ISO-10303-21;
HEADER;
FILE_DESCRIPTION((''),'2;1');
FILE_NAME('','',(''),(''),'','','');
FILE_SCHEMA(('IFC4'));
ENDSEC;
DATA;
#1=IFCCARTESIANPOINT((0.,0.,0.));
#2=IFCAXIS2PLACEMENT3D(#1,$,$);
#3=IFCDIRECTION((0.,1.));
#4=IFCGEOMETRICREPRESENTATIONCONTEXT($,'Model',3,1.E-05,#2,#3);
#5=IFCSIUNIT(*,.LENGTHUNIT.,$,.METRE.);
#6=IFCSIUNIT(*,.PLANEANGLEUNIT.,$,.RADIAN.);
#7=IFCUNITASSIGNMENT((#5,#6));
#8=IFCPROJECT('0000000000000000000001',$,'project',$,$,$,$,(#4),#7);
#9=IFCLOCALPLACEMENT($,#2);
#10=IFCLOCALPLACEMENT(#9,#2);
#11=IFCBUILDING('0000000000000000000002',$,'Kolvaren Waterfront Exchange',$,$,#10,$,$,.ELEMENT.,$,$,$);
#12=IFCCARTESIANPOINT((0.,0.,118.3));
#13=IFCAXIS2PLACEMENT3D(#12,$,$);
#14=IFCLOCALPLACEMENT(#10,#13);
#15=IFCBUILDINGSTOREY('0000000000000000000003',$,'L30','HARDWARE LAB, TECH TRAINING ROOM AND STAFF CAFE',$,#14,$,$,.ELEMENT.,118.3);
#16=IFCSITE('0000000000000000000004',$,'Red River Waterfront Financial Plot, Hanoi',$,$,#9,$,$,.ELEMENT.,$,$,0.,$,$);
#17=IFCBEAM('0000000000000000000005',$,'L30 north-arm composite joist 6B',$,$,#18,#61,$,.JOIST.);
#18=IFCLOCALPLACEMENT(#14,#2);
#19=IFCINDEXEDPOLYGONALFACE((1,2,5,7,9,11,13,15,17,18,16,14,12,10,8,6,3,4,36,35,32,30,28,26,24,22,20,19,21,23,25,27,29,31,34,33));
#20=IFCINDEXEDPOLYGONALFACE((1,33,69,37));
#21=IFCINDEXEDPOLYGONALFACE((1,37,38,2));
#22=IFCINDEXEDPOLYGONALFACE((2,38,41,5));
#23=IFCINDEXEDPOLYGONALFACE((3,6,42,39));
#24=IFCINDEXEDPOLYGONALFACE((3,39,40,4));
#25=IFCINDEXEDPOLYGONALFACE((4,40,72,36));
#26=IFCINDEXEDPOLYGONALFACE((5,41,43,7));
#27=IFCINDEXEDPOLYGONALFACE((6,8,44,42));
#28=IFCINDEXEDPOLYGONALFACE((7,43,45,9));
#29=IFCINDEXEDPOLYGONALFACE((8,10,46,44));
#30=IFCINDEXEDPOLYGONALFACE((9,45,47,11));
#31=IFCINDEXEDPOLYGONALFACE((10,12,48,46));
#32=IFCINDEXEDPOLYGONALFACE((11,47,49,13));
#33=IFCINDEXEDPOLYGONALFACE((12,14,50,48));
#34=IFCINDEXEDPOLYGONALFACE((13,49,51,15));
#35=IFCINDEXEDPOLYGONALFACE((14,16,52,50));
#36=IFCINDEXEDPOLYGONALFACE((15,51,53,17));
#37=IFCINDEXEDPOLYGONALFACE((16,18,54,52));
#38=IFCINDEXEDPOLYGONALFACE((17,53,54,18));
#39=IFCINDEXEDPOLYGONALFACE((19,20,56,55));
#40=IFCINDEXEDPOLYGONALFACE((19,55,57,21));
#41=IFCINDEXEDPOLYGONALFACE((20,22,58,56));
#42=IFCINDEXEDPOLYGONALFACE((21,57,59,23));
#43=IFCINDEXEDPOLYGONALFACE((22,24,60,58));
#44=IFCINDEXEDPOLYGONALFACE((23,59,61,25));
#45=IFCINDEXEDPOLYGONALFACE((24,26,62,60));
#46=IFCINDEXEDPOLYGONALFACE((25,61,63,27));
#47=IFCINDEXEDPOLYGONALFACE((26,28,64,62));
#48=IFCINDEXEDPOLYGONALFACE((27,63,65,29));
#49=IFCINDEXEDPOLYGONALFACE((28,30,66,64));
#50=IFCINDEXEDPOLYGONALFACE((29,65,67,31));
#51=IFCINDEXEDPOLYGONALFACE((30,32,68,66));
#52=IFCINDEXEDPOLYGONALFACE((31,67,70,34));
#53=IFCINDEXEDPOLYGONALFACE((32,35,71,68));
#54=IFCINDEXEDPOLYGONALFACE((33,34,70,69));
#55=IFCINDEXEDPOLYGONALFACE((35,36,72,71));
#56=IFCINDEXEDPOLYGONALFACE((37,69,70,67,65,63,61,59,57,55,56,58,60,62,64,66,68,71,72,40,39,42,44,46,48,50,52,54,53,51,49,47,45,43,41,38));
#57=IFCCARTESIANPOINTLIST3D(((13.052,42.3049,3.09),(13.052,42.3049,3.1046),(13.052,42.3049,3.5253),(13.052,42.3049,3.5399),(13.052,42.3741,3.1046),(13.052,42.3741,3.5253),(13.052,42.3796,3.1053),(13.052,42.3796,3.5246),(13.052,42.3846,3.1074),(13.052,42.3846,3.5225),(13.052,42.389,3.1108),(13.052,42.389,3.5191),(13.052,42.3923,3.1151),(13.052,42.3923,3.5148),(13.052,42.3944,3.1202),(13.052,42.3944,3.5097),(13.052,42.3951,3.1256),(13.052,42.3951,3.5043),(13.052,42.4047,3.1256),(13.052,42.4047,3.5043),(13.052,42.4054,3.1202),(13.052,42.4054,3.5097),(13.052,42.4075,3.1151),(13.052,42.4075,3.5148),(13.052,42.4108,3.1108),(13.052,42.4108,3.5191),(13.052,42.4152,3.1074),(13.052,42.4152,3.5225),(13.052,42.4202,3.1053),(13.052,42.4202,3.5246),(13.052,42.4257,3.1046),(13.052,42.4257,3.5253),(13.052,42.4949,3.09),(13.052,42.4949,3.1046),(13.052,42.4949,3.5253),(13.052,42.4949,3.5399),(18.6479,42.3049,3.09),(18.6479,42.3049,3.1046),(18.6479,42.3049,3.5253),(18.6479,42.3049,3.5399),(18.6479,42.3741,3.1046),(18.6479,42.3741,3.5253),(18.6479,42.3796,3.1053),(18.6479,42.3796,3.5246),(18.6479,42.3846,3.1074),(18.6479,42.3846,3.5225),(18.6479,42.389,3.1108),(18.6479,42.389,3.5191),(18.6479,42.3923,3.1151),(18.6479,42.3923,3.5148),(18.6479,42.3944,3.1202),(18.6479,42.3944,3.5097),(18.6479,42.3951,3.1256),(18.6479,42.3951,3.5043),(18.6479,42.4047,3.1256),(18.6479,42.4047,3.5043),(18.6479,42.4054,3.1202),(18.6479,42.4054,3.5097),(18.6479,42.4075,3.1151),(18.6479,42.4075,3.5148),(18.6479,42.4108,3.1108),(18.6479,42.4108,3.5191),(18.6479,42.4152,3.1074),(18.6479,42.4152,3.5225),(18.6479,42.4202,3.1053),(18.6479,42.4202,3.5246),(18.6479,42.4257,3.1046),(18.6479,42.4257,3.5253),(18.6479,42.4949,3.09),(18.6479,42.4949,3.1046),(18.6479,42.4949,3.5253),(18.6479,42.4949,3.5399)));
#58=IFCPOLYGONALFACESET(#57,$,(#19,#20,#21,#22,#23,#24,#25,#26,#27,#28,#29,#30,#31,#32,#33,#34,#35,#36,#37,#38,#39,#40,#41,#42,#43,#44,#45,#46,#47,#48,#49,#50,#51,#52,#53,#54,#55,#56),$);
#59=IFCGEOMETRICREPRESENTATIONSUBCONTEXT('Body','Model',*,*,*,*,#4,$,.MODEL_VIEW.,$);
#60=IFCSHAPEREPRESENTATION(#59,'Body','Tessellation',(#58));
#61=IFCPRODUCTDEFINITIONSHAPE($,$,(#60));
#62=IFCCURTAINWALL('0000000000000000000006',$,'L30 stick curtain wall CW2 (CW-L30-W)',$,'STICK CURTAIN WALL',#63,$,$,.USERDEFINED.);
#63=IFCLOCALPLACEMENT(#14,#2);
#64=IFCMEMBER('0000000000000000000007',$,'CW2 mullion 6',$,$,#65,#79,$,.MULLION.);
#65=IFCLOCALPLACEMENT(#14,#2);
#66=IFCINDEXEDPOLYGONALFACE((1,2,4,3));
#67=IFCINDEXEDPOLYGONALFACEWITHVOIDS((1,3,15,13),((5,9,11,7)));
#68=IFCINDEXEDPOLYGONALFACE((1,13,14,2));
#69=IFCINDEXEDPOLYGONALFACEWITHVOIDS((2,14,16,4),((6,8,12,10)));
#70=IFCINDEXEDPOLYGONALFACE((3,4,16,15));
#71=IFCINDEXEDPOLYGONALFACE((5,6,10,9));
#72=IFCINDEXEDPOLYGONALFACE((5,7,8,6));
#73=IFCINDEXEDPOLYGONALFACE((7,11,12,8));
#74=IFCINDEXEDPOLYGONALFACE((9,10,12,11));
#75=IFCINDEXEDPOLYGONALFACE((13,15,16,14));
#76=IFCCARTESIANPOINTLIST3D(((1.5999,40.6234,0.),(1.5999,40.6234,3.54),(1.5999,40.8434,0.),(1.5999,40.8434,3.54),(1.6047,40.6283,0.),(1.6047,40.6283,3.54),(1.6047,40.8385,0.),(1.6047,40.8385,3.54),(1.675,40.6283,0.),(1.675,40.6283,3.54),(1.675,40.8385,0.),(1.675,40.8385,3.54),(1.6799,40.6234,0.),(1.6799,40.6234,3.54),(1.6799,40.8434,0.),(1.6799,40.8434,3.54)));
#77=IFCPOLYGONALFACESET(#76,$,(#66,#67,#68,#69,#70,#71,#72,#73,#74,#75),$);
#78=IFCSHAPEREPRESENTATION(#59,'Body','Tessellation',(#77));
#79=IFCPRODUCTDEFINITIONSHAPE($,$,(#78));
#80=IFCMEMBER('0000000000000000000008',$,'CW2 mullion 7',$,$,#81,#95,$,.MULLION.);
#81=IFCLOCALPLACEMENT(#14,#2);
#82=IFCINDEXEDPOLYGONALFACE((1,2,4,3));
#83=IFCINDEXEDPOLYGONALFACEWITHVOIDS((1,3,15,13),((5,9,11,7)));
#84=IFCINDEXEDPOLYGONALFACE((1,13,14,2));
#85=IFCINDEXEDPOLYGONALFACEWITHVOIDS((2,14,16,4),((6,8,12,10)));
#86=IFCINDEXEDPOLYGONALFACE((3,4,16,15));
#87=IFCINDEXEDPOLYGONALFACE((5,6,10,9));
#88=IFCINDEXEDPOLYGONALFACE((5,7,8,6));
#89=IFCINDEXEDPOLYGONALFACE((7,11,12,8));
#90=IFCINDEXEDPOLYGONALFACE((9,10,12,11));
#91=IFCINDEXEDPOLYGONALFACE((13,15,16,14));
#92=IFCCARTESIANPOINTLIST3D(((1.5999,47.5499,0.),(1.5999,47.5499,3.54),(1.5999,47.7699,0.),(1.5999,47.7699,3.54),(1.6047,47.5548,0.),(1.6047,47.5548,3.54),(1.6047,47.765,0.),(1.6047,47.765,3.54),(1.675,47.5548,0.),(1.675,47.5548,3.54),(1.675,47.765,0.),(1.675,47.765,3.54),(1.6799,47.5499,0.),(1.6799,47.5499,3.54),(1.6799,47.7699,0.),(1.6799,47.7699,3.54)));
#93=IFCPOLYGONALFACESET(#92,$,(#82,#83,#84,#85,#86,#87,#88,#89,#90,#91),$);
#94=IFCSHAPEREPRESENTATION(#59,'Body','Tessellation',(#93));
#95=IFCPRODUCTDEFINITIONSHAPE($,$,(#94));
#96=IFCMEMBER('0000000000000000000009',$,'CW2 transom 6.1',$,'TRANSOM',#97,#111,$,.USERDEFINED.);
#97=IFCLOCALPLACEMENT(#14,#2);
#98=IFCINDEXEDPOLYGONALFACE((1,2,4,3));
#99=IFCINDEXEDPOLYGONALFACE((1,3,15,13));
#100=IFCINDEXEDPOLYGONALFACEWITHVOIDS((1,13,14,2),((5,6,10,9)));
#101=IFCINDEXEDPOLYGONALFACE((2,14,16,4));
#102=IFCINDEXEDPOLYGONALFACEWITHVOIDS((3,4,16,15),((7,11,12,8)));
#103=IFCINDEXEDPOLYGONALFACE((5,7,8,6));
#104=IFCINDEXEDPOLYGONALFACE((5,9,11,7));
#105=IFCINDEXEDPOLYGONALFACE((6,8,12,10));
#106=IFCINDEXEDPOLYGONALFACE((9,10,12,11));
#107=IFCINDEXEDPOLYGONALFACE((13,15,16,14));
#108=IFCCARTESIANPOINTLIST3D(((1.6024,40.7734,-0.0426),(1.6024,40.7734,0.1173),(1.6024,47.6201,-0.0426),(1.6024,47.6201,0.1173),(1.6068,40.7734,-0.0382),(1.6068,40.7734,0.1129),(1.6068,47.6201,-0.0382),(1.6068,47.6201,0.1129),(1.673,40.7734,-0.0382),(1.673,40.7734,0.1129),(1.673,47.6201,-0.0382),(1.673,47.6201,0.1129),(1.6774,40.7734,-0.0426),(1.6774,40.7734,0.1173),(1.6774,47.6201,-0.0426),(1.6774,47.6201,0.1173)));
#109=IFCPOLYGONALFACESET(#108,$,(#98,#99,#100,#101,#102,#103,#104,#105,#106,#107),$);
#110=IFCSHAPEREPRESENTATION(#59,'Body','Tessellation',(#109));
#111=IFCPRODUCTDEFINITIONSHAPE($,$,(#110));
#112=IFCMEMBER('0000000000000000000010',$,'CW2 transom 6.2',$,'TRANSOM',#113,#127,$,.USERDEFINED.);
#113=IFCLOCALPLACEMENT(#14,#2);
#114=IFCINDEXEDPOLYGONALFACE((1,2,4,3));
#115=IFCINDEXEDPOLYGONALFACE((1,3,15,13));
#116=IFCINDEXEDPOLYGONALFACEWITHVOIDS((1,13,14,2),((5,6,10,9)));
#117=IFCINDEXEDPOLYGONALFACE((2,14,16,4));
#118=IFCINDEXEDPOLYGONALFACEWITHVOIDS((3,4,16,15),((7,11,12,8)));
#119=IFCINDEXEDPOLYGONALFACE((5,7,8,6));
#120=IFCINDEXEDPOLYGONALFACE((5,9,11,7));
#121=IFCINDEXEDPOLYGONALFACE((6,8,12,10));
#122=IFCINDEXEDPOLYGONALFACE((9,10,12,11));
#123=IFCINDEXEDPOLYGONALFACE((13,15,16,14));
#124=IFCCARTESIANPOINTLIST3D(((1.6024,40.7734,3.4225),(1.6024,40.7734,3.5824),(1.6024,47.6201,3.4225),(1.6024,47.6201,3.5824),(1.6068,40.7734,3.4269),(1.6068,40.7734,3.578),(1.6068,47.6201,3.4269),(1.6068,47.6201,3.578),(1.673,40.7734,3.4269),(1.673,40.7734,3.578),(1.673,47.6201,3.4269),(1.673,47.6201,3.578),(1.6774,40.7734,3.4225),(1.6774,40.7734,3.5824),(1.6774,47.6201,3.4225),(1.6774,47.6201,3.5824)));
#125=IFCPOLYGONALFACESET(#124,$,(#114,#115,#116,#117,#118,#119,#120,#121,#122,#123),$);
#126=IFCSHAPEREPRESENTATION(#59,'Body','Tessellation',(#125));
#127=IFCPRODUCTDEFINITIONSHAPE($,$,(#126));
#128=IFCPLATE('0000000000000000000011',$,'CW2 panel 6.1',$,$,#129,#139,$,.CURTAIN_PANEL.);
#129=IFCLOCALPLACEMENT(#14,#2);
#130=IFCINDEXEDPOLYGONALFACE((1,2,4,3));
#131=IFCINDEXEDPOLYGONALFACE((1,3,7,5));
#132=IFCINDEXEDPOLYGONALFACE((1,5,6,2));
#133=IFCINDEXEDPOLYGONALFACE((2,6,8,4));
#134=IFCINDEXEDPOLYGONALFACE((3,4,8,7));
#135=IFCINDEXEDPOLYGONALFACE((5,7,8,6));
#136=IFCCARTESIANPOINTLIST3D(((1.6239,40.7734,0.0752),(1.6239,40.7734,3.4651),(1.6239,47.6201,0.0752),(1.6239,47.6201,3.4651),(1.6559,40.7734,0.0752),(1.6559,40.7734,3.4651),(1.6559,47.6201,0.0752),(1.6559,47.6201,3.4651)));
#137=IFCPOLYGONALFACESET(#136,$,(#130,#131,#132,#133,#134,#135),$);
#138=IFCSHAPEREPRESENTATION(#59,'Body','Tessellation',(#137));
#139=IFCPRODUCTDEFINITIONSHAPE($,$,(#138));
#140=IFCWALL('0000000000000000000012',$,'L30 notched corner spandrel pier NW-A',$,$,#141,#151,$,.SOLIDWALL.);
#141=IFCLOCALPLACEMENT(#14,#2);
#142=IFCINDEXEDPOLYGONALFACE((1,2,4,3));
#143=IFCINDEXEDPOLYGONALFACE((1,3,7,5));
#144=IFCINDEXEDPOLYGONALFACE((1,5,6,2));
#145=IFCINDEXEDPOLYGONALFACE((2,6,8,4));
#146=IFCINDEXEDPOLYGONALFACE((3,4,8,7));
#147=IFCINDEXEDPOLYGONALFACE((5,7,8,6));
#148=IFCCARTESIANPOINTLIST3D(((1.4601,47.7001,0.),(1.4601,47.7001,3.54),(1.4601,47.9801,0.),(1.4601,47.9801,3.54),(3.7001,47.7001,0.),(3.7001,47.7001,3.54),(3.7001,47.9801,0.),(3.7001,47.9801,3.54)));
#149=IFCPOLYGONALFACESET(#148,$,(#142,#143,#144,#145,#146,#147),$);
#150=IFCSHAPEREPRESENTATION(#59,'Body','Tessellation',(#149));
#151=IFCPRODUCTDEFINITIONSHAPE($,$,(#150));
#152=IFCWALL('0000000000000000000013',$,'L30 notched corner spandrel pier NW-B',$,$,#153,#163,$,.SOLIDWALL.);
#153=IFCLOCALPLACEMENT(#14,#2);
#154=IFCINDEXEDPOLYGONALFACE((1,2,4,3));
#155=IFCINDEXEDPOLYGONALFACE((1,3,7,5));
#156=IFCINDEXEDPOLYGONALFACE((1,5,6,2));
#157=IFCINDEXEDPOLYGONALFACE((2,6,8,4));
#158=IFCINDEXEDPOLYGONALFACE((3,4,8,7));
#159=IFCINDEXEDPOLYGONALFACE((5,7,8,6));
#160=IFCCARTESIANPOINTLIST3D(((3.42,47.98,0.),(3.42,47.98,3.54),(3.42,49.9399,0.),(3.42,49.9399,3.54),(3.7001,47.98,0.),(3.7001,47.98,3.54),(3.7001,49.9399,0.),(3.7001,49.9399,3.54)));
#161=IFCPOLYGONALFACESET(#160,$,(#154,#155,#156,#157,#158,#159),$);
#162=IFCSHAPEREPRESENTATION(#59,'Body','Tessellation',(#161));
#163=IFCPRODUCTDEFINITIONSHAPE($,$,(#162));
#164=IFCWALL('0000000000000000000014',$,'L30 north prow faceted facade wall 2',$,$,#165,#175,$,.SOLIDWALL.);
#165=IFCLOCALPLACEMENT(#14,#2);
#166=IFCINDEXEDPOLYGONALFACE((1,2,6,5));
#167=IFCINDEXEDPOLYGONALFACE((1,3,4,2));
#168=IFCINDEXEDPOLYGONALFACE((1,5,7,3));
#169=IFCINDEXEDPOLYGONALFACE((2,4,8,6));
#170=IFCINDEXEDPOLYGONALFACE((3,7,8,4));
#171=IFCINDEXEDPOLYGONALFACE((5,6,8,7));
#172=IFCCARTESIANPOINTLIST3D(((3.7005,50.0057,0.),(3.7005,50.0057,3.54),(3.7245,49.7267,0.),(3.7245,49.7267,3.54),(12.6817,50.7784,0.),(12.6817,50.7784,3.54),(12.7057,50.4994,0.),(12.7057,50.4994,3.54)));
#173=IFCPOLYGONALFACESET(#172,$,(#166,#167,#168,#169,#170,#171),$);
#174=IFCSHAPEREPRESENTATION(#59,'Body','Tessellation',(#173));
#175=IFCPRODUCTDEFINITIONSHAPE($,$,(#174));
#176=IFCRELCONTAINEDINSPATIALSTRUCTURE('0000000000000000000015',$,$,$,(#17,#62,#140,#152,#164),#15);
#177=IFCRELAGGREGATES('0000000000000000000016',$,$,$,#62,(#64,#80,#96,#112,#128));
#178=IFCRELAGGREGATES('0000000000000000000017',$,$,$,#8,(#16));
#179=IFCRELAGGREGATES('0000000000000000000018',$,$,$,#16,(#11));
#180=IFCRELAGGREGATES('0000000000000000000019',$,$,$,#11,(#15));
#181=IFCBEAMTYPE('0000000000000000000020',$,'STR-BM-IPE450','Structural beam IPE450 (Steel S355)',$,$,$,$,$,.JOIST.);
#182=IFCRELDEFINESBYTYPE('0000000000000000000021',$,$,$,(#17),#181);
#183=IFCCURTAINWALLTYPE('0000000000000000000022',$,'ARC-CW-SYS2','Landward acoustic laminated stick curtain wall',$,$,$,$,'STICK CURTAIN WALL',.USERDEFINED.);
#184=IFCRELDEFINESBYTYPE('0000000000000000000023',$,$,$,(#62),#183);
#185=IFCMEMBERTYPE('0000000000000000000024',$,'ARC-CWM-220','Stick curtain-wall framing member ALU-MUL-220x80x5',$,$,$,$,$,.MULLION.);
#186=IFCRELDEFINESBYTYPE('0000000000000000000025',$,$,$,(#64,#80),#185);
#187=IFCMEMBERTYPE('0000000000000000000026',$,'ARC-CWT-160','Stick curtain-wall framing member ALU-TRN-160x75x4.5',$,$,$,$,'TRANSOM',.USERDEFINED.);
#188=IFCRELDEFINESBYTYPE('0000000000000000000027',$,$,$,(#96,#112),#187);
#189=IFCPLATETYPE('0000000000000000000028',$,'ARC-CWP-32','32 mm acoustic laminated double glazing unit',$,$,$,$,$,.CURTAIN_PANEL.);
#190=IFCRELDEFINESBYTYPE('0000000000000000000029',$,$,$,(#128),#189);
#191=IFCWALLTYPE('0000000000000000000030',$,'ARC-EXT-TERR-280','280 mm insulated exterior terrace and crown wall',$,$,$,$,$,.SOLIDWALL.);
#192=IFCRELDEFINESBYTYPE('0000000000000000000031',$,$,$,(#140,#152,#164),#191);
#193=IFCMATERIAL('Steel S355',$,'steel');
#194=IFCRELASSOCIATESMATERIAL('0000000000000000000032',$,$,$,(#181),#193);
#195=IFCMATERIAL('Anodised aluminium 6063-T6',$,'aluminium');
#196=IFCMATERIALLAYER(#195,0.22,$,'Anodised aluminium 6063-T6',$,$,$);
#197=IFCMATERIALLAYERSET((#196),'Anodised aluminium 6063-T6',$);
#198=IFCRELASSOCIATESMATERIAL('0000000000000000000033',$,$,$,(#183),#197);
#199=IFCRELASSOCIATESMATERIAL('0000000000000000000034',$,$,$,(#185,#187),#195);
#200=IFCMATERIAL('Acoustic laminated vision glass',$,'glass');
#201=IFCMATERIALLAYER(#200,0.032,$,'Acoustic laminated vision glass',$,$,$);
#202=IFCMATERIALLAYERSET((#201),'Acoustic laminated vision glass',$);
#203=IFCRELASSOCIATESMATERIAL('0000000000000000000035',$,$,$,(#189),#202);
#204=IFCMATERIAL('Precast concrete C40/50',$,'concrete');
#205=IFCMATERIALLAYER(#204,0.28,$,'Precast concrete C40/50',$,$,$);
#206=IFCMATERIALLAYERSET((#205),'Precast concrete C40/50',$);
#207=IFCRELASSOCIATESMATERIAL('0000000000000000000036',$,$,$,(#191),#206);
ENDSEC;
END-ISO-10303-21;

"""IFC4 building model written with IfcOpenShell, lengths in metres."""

from ifc_helpers import new_model, si_unit, direction, frame, frame_2d, origin, origin_with_axes, origin_2d, place, context, subcontext, project, spatial, rectangle, hollow_rectangle, i_section, extrude, source, transform, mapped, material, layer, layer_set, material_profile, profile_set, type_object, element, aggregate, save


model = new_model("IFC4")

# Units and contexts
model_context = context("Model", 3, precision=1e-05, world=origin(), true_north=direction((0.0, 1.0)))
body_context = subcontext(model_context, "Body", "Model", "MODEL_VIEW")
ifc_project = project(units=[si_unit("LENGTHUNIT", "METRE"), si_unit("PLANEANGLEUNIT", "RADIAN")], contexts=[model_context])

# Site, building, storey
site_placement = place(None, origin())
site = spatial("IfcSite", under=ifc_project, at=site_placement, Name="Red River Waterfront Financial Plot, Hanoi", CompositionType="ELEMENT", RefElevation=0.0)
building_placement = place(site_placement, origin())
building = spatial("IfcBuilding", under=site, at=building_placement, Name="Kolvaren Waterfront Exchange", CompositionType="ELEMENT")
storey_placement = place(building_placement, frame((0.0, 0.0, 118.3)))
storey = spatial("IfcBuildingStorey", under=building, at=storey_placement, Name="L30", Description="HARDWARE LAB, TECH TRAINING ROOM AND STAFF CAFE", CompositionType="ELEMENT", Elevation=118.3)

# Beam
ifc_material_1 = material(Name="Steel S355", Category="steel")
ifc_material_profile_1 = material_profile(ifc_material_1, i_section(OverallWidth=0.1899, OverallDepth=0.45, WebThickness=0.0095, FlangeThickness=0.0146, FilletRadius=0.021, at=origin_2d()), Name="IPE450")
ifc_profile_set_1 = profile_set([ifc_material_profile_1], Name="Steel S355")
beam_type_1 = type_object("IfcBeamType", Name="STR-BM-IPE450", Description="Structural beam IPE450 (Steel S355)", PredefinedType="JOIST", material=ifc_profile_set_1)
beam_1_placement = place(storey_placement, frame((13.052, 42.3999, 3.3149), z_axis=(1.0, 0.0, 0.0), x_axis=(0.0, 1.0, 0.0)))
element("IfcBeam", 1, at=beam_1_placement, inside=storey, type_object=beam_type_1, Name="L30 north-arm composite joist 6B", PredefinedType="JOIST", context=body_context, shape_type="SweptSolid", body=[
    extrude(i_section(OverallWidth=0.1899, OverallDepth=0.45, WebThickness=0.0095, FlangeThickness=0.0146, FilletRadius=0.021, at=origin_2d()), origin(), (0.0, 0.0, 1.0), 5.5959),
])

# Curtain wall, members, plate
ifc_material_2 = material(Name="Anodised aluminium 6063-T6", Category="aluminium")
ifc_layer_1 = layer(ifc_material_2, 0.22, Name="Anodised aluminium 6063-T6")
ifc_layer_set_1 = layer_set([ifc_layer_1], Name="Anodised aluminium 6063-T6")
curtain_wall_type = type_object("IfcCurtainWallType", Name="ARC-CW-SYS2", Description="Landward acoustic laminated stick curtain wall", ElementType="STICK CURTAIN WALL", PredefinedType="USERDEFINED", material=ifc_layer_set_1)
curtain_wall_placement = place(storey_placement, origin())
curtain_wall = element("IfcCurtainWall", 2, at=curtain_wall_placement, inside=storey, type_object=curtain_wall_type, Name="L30 stick curtain wall CW2 (CW-L30-W)", ObjectType="STICK CURTAIN WALL", PredefinedType="USERDEFINED")
ifc_material_profile_2 = material_profile(ifc_material_2, hollow_rectangle(XDim=0.0801, YDim=0.22, WallThickness=0.0049, at=origin_2d()), Name="ALU-MUL-220x80x5")
ifc_profile_set_2 = profile_set([ifc_material_profile_2], Name="Anodised aluminium 6063-T6")
member_type_1 = type_object("IfcMemberType", Name="ARC-CWM-220", Description="Stick curtain-wall framing member ALU-MUL-220x80x5", PredefinedType="MULLION", material=ifc_profile_set_2)
shared_shape_1 = source(origin_with_axes(), body_context, "Body", "SweptSolid", [
    extrude(hollow_rectangle(XDim=0.0801, YDim=0.22, WallThickness=0.0049, at=origin_2d()), origin(), (0.0, 0.0, 1.0), 3.54),
])
member_1_placement = place(storey_placement, frame((1.6399, 40.7334, 0.0), z_axis=(0.0, 0.0, 1.0), x_axis=(-1.0, 0.0, 0.0)))
member_1 = element("IfcMember", 3, at=member_1_placement, type_object=member_type_1, Name="CW2 mullion 6", PredefinedType="MULLION", context=body_context, shape_type="MappedRepresentation", body=[
    mapped(shared_shape_1, transform((0.0, 0.0, 0.0), x_axis=(1.0, 0.0, 0.0), y_axis=(0.0, 1.0, 0.0), z_axis=(0.0, 0.0, 1.0), scale=1.0)),
])
member_2_placement = place(storey_placement, frame((1.6399, 47.6599, 0.0), z_axis=(0.0, 0.0, 1.0), x_axis=(-1.0, 0.0, 0.0)))
member_2 = element("IfcMember", 4, at=member_2_placement, type_object=member_type_1, Name="CW2 mullion 7", PredefinedType="MULLION", context=body_context, shape_type="MappedRepresentation", body=[
    mapped(shared_shape_1, transform((0.0, 0.0, 0.0), x_axis=(1.0, 0.0, 0.0), y_axis=(0.0, 1.0, 0.0), z_axis=(0.0, 0.0, 1.0), scale=1.0)),
])
ifc_material_profile_3 = material_profile(ifc_material_2, hollow_rectangle(XDim=0.075, YDim=0.1599, WallThickness=0.0044, at=origin_2d()), Name="ALU-TRN-160x75x4.5")
ifc_profile_set_3 = profile_set([ifc_material_profile_3], Name="Anodised aluminium 6063-T6")
member_type_2 = type_object("IfcMemberType", Name="ARC-CWT-160", Description="Stick curtain-wall framing member ALU-TRN-160x75x4.5", ElementType="TRANSOM", PredefinedType="USERDEFINED", material=ifc_profile_set_3)
shared_shape_2 = source(origin_with_axes(), body_context, "Body", "SweptSolid", [
    extrude(hollow_rectangle(XDim=0.075, YDim=0.1599, WallThickness=0.0044, at=origin_2d()), origin(), (0.0, 0.0, 1.0), 6.8467),
])
member_3_placement = place(storey_placement, frame((1.6399, 40.7734, 0.0374), z_axis=(0.0, 1.0, 0.0), x_axis=(-1.0, 0.0, 0.0)))
member_3 = element("IfcMember", 5, at=member_3_placement, type_object=member_type_2, Name="CW2 transom 6.1", ObjectType="TRANSOM", PredefinedType="USERDEFINED", context=body_context, shape_type="MappedRepresentation", body=[
    mapped(shared_shape_2, transform((0.0, 0.0, 0.0), x_axis=(1.0, 0.0, 0.0), y_axis=(0.0, 1.0, 0.0), z_axis=(0.0, 0.0, 1.0), scale=1.0)),
])
member_4_placement = place(storey_placement, frame((1.6399, 40.7734, 3.5024), z_axis=(0.0, 1.0, 0.0), x_axis=(-1.0, 0.0, 0.0)))
member_4 = element("IfcMember", 6, at=member_4_placement, type_object=member_type_2, Name="CW2 transom 6.2", ObjectType="TRANSOM", PredefinedType="USERDEFINED", context=body_context, shape_type="MappedRepresentation", body=[
    mapped(shared_shape_2, transform((0.0, 0.0, 0.0), x_axis=(1.0, 0.0, 0.0), y_axis=(0.0, 1.0, 0.0), z_axis=(0.0, 0.0, 1.0), scale=1.0)),
])
ifc_material_3 = material(Name="Acoustic laminated vision glass", Category="glass")
ifc_layer_2 = layer(ifc_material_3, 0.032, Name="Acoustic laminated vision glass")
ifc_layer_set_2 = layer_set([ifc_layer_2], Name="Acoustic laminated vision glass")
plate_type = type_object("IfcPlateType", Name="ARC-CWP-32", Description="32 mm acoustic laminated double glazing unit", PredefinedType="CURTAIN_PANEL", material=ifc_layer_set_2)
shared_shape_3 = source(origin_with_axes(), body_context, "Body", "SweptSolid", [
    extrude(rectangle(XDim=6.8467, YDim=0.032, at=origin_2d()), origin(), (0.0, 0.0, 1.0), 3.3899),
])
plate_placement = place(storey_placement, frame((1.6399, 44.1968, 0.0752), z_axis=(0.0, 0.0, 1.0), x_axis=(0.0, 1.0, 0.0)))
plate = element("IfcPlate", 7, at=plate_placement, type_object=plate_type, Name="CW2 panel 6.1", PredefinedType="CURTAIN_PANEL", context=body_context, shape_type="MappedRepresentation", body=[
    mapped(shared_shape_3, transform((0.0, 0.0, 0.0), x_axis=(1.0, 0.0, 0.0), y_axis=(0.0, 1.0, 0.0), z_axis=(0.0, 0.0, 1.0), scale=1.0)),
])
aggregate(curtain_wall, [member_1, member_2, member_3, member_4, plate])

# Walls
ifc_material_4 = material(Name="Precast concrete C40/50", Category="concrete")
ifc_layer_3 = layer(ifc_material_4, 0.28, Name="Precast concrete C40/50")
ifc_layer_set_3 = layer_set([ifc_layer_3], Name="Precast concrete C40/50")
wall_type_1 = type_object("IfcWallType", Name="ARC-EXT-TERR-280", Description="280 mm insulated exterior terrace and crown wall", PredefinedType="SOLIDWALL", material=ifc_layer_set_3)
wall_1_placement = place(storey_placement, frame((1.46, 47.8401, 0.0), z_axis=(0.0, 0.0, 1.0), x_axis=(1.0, 0.0, 0.0)))
element("IfcWall", 8, at=wall_1_placement, inside=storey, type_object=wall_type_1, Name="L30 notched corner spandrel pier NW-A", PredefinedType="SOLIDWALL", context=body_context, shape_type="SweptSolid", body=[
    extrude(rectangle(XDim=2.24, YDim=0.28, at=frame_2d((1.1201, 0.0))), origin(), (0.0, 0.0, 1.0), 3.54),
])
wall_2_placement = place(storey_placement, frame((3.5601, 47.98, 0.0), z_axis=(0.0, 0.0, 1.0), x_axis=(0.0, 1.0, 0.0)))
element("IfcWall", 9, at=wall_2_placement, inside=storey, type_object=wall_type_1, Name="L30 notched corner spandrel pier NW-B", PredefinedType="SOLIDWALL", context=body_context, shape_type="SweptSolid", body=[
    extrude(rectangle(XDim=1.96, YDim=0.28, at=frame_2d((0.98, 0.0))), origin(), (0.0, 0.0, 1.0), 3.54),
])
wall_3_placement = place(storey_placement, frame((12.6938, 50.6389, 0.0), z_axis=(0.0, 0.0, 1.0), x_axis=(-0.996319, -0.085719, 0.0)))
element("IfcWall", 10, at=wall_3_placement, inside=storey, type_object=wall_type_1, Name="L30 north prow faceted facade wall 2", PredefinedType="SOLIDWALL", context=body_context, shape_type="SweptSolid", body=[
    extrude(rectangle(XDim=9.0144, YDim=0.28, at=frame_2d((4.5073, 0.0))), origin(), (0.0, 0.0, 1.0), 3.54),
])

save(model, "model.ifc")
